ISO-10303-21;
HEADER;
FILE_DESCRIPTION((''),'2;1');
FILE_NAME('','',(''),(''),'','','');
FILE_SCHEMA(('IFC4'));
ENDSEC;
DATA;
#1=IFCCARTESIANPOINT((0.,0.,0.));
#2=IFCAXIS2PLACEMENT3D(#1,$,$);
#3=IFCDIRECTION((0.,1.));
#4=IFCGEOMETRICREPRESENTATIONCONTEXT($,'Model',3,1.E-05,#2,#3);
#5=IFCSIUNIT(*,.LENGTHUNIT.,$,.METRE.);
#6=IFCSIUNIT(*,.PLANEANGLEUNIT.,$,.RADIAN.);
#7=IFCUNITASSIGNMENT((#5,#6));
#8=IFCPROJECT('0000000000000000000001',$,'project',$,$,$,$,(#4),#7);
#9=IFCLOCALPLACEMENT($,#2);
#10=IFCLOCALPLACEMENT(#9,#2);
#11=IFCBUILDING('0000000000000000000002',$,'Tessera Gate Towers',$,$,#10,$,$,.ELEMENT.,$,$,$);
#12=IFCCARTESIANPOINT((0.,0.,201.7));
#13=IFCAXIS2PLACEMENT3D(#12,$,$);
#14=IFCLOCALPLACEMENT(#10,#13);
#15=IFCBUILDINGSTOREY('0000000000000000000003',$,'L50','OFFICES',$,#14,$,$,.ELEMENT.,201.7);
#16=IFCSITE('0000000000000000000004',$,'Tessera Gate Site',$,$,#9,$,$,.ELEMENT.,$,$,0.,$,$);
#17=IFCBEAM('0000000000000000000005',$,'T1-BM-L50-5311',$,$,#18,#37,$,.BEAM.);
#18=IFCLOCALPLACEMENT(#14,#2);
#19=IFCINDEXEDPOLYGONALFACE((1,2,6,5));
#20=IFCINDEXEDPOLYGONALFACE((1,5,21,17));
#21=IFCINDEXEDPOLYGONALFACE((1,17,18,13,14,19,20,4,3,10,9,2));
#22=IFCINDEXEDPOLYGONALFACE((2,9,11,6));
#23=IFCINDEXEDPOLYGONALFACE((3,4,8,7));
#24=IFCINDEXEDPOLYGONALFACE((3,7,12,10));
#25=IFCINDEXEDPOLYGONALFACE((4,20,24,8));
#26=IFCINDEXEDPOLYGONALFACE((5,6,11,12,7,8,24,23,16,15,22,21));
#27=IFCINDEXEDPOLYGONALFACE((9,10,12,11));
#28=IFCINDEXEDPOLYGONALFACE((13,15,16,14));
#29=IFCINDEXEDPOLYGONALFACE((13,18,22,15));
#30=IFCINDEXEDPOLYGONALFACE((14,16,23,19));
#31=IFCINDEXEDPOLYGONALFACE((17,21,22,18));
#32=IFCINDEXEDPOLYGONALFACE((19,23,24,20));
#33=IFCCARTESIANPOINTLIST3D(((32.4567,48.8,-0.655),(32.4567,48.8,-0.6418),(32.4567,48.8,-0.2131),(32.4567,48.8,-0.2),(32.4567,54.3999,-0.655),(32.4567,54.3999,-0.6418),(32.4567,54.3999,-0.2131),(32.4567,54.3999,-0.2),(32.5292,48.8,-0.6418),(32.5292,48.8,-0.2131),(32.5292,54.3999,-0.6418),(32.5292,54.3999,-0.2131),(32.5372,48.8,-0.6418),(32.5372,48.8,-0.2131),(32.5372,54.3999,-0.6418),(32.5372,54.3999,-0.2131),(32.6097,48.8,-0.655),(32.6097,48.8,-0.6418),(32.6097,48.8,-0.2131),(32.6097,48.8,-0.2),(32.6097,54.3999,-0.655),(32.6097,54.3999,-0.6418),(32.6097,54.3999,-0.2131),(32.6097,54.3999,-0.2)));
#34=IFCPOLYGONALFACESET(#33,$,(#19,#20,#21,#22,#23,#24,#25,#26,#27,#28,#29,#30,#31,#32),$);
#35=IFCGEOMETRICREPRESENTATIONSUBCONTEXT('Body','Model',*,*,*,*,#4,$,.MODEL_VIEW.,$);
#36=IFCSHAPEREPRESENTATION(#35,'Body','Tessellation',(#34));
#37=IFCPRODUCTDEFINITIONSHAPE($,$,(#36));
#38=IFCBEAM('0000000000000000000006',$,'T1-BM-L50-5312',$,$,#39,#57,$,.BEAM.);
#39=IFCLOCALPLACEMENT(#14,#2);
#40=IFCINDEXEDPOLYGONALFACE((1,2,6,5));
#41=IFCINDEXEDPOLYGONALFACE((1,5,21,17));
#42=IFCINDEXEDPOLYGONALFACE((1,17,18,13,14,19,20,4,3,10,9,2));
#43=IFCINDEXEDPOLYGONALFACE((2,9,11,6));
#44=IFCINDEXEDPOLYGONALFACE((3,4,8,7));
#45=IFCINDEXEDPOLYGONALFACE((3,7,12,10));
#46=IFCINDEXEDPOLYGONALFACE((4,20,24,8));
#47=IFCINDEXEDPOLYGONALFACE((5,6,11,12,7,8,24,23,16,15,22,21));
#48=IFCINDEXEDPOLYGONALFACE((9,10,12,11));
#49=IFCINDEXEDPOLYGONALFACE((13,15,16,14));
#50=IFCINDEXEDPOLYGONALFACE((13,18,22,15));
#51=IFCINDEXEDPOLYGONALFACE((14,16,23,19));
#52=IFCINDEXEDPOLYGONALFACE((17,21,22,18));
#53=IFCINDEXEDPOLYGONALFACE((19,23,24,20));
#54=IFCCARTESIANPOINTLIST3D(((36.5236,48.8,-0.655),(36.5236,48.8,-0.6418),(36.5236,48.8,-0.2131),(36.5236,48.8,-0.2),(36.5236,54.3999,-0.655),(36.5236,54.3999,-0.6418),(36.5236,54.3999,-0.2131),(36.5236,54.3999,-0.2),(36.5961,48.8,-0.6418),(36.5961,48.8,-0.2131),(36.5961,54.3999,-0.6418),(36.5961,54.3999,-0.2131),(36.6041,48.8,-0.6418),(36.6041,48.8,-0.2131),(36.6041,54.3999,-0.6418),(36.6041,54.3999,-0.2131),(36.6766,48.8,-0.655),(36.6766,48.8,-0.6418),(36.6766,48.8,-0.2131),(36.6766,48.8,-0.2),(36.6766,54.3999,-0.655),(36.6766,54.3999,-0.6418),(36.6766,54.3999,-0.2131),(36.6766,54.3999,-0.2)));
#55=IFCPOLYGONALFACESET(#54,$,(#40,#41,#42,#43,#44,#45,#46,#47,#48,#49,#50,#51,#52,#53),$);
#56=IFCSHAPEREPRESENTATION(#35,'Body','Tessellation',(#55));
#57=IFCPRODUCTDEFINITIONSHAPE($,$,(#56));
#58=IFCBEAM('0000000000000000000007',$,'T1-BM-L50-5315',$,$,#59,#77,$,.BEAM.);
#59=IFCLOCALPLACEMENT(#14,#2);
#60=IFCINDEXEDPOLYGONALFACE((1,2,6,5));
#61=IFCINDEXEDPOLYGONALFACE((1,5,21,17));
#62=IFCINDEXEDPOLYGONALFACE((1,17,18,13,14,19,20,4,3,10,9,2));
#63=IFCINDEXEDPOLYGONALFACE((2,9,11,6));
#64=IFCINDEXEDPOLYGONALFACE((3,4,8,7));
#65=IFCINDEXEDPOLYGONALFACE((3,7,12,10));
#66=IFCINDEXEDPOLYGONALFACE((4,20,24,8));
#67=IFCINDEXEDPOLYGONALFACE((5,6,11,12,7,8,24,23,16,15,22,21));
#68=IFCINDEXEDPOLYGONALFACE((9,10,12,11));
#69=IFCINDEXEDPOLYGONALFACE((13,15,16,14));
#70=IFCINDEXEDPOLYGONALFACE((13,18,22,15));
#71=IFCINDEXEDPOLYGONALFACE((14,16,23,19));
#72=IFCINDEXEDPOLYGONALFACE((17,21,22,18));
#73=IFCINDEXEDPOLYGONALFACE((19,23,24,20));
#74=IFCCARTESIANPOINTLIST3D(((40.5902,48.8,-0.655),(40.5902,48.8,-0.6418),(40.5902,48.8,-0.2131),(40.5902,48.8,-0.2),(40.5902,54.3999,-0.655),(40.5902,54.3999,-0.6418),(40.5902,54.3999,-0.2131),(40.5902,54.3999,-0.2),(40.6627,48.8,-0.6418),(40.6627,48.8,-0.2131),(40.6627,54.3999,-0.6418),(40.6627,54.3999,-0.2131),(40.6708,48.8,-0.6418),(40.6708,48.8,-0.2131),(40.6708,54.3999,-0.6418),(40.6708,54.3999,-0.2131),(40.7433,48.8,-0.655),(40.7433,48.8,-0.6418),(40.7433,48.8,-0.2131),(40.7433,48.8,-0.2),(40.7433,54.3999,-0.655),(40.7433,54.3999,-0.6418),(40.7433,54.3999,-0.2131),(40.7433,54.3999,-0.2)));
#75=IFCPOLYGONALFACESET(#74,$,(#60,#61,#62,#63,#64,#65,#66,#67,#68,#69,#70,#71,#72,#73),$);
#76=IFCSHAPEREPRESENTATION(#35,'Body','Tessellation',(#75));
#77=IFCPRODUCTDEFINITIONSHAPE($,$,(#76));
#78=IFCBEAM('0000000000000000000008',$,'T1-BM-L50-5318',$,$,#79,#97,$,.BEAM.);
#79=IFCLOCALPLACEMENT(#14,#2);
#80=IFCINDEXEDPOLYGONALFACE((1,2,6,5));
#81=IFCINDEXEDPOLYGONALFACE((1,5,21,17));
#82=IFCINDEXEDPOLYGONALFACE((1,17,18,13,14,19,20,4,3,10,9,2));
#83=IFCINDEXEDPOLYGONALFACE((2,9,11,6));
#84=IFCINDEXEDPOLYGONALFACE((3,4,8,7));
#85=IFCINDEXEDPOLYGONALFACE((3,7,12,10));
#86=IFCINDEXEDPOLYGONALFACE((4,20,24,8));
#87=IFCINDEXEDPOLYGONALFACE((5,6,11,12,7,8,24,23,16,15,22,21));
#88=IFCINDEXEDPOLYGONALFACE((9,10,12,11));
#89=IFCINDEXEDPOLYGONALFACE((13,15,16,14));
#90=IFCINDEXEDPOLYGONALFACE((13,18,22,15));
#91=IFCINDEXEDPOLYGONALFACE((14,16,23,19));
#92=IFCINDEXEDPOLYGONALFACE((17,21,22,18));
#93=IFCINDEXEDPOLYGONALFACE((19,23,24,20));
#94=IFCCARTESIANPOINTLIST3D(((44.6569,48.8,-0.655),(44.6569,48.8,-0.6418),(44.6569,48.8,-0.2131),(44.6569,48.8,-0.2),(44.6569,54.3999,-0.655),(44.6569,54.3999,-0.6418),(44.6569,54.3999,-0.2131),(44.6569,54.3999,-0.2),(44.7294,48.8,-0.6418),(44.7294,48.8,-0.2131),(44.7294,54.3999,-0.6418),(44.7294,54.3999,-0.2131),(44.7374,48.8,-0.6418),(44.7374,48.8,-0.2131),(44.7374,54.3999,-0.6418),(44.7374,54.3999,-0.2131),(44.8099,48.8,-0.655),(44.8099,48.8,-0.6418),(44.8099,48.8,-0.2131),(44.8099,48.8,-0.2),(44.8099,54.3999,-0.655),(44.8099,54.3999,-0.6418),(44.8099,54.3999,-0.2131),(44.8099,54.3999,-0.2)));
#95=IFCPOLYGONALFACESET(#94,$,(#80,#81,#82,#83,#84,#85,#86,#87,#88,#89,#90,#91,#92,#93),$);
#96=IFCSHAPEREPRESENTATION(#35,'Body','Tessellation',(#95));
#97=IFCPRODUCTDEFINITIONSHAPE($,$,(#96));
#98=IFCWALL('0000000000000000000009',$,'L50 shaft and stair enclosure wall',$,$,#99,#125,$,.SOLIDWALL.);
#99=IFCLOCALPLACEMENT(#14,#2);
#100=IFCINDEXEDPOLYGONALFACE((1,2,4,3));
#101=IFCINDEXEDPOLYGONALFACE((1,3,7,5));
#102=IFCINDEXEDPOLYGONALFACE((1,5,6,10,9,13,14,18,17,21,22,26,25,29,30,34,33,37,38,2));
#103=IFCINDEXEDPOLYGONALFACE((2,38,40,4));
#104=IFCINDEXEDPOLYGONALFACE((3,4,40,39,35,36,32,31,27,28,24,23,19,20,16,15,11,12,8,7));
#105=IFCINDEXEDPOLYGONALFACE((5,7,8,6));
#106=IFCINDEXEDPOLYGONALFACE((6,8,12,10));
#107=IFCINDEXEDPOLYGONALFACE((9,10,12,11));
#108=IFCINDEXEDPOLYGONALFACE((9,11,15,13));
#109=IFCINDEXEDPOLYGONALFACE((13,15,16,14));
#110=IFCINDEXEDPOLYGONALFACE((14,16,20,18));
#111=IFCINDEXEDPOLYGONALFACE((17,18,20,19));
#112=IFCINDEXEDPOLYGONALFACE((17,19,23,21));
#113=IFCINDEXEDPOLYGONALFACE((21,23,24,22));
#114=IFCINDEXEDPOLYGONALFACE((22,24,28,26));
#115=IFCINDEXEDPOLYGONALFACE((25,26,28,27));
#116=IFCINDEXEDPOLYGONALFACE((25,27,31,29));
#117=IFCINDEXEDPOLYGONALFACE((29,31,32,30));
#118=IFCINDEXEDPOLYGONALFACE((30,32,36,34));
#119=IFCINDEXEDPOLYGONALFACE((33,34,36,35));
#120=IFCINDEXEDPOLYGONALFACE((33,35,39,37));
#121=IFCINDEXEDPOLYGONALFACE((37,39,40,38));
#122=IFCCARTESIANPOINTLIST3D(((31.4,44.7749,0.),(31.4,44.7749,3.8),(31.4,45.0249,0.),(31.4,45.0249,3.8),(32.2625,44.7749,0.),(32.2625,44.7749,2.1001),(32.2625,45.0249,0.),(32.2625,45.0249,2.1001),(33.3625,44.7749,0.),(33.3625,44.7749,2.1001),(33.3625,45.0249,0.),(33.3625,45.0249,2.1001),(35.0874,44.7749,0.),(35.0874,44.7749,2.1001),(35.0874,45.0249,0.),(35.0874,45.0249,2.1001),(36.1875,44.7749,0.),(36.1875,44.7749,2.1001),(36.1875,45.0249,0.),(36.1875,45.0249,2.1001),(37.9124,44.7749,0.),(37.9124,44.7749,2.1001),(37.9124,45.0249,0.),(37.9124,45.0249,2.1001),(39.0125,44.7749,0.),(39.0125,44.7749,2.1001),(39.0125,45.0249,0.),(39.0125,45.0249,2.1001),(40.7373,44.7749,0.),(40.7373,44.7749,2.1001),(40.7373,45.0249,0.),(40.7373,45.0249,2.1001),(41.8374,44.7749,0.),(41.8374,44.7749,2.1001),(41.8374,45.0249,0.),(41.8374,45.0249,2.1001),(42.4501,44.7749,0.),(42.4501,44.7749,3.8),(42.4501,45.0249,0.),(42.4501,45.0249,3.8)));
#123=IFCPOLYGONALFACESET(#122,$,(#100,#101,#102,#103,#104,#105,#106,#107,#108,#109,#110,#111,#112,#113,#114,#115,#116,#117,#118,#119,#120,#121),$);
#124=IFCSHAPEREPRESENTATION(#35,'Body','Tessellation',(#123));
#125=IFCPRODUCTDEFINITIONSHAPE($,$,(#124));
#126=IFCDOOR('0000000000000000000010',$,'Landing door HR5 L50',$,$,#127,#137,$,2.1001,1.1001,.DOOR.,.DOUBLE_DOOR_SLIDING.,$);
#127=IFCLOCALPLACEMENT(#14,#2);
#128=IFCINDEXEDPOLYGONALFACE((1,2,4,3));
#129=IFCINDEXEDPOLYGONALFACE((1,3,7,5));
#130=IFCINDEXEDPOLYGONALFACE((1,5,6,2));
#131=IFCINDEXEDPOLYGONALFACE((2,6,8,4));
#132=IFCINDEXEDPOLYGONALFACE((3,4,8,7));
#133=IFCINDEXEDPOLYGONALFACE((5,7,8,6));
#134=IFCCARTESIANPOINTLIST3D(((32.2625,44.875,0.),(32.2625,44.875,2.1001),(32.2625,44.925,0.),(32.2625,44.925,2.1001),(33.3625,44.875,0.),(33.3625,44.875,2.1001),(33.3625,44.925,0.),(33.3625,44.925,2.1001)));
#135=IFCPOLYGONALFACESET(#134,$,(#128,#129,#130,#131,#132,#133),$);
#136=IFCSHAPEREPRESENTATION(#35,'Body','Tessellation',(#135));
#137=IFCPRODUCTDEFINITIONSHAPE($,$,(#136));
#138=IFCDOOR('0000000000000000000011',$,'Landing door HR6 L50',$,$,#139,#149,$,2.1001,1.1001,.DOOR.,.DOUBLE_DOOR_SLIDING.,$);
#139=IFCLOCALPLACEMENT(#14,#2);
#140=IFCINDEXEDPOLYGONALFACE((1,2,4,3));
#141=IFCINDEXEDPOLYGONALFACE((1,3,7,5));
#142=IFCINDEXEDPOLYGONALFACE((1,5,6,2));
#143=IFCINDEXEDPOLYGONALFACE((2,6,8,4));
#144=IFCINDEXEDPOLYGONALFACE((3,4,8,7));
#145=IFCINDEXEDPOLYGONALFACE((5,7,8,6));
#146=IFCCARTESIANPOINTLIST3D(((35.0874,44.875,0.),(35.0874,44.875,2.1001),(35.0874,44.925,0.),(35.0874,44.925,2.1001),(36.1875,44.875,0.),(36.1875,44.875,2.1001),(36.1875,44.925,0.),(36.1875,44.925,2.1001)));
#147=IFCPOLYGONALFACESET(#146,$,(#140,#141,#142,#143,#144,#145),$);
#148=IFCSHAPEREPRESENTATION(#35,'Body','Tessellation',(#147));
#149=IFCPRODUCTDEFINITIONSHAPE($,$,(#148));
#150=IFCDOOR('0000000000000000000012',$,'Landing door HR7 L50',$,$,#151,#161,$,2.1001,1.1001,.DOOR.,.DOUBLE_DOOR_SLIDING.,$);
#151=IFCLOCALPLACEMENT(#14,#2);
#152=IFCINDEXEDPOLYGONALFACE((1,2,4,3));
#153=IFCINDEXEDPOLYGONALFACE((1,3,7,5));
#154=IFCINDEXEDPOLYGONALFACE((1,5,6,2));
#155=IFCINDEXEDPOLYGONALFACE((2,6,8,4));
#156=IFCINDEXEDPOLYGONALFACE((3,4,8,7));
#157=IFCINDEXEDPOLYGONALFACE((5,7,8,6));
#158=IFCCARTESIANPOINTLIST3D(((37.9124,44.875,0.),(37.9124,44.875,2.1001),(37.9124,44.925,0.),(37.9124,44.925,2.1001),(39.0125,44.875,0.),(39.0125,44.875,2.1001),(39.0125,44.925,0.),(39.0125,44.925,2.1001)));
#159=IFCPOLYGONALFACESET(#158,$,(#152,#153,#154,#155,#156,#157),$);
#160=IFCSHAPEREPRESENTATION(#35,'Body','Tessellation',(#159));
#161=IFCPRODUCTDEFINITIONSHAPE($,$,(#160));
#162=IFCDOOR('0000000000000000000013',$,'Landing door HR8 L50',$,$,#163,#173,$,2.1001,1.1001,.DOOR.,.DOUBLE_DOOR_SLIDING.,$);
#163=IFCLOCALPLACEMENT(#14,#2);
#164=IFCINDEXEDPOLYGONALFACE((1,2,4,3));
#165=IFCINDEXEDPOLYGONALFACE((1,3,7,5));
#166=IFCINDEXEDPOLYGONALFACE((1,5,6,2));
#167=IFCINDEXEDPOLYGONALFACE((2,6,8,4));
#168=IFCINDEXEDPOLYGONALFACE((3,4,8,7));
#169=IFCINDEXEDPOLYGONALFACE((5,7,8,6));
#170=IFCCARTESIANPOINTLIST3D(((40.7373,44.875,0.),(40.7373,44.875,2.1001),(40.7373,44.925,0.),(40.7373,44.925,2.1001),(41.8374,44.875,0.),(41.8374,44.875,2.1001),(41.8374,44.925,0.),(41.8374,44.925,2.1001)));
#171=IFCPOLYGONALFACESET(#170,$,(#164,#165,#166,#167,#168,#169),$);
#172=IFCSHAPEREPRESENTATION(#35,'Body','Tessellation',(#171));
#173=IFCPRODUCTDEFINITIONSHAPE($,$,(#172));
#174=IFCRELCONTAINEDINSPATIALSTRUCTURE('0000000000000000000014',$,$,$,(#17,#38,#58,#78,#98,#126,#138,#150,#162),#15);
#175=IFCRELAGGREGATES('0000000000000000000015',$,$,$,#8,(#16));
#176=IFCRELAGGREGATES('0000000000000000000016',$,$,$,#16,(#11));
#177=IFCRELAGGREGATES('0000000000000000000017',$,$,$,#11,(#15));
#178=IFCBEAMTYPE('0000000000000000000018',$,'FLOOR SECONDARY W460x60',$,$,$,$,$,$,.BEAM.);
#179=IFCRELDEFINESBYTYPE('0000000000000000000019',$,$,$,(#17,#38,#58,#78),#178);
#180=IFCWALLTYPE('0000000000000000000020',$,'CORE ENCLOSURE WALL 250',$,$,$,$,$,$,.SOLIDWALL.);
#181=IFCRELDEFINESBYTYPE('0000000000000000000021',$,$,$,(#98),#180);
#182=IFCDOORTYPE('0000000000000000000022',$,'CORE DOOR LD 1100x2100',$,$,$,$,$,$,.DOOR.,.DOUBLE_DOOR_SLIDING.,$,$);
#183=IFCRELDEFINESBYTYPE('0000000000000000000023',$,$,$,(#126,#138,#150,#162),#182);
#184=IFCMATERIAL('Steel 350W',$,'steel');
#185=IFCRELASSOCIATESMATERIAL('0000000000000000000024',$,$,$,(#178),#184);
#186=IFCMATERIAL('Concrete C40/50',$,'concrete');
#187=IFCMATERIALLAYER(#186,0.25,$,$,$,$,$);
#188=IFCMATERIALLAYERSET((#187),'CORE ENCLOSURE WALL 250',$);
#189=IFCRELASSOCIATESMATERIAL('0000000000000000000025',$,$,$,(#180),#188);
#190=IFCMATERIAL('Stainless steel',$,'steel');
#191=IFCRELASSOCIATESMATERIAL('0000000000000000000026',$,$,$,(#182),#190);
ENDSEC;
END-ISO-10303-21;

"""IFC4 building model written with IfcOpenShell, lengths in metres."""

from ifc_helpers import new_model, si_unit, direction, frame, frame_2d, origin, origin_2d, place, context, subcontext, project, spatial, rectangle, i_section, extrude, source, transform, mapped, material, layer, layer_set, material_profile, profile_set, type_object, element, fill, save


model = new_model("IFC4")

# Units and contexts
model_context = context("Model", 3, precision=1e-05, world=origin(), true_north=direction((0.0, 1.0)))
body_context = subcontext(model_context, "Body", "Model", "MODEL_VIEW")
ifc_project = project(units=[si_unit("LENGTHUNIT", "METRE"), si_unit("PLANEANGLEUNIT", "RADIAN")], contexts=[model_context])

# Site, building, storey
site_placement = place(None, origin())
site = spatial("IfcSite", under=ifc_project, at=site_placement, Name="Tessera Gate Site", CompositionType="ELEMENT", RefElevation=0.0)
building_placement = place(site_placement, origin())
building = spatial("IfcBuilding", under=site, at=building_placement, Name="Tessera Gate Towers", CompositionType="ELEMENT")
storey_placement = place(building_placement, frame((0.0, 0.0, 201.7)))
storey = spatial("IfcBuildingStorey", under=building, at=storey_placement, Name="L50", Description="OFFICES", CompositionType="ELEMENT", Elevation=201.7)

# Beams
ifc_material_1 = material(Name="Steel 350W", Category="steel")
ifc_material_profile = material_profile(ifc_material_1, i_section(OverallWidth=0.1531, OverallDepth=0.4551, WebThickness=0.0081, FlangeThickness=0.0132, at=origin_2d()), Name="W460x60")
ifc_profile_set = profile_set([ifc_material_profile], Name="Steel 350W")
beam_type = type_object("IfcBeamType", Name="FLOOR SECONDARY W460x60", PredefinedType="BEAM", material=ifc_profile_set)
for number, where, z_axis, x_axis, name in (
    (1, (32.5332, 48.8, -0.4275), (0.0, 1.0, 0.0), (-1.0, 0.0, 0.0), "T1-BM-L50-5311"),
    (2, (36.6001, 48.8, -0.4275), (0.0, 1.0, 0.0), (-1.0, 0.0, 0.0), "T1-BM-L50-5312"),
    (3, (40.6667, 48.8, -0.4275), (0.0, 1.0, 0.0), (-1.0, 0.0, 0.0), "T1-BM-L50-5315"),
    (4, (44.7334, 48.8, -0.4275), (0.0, 1.0, 0.0), (-1.0, 0.0, 0.0), "T1-BM-L50-5318"),
):
    element("IfcBeam", number, at=place(storey_placement, frame(where, z_axis=z_axis, x_axis=x_axis)), inside=storey, type_object=beam_type, Name=name, PredefinedType="BEAM", context=body_context, shape_type="SweptSolid", body=[
        extrude(i_section(OverallWidth=0.1531, OverallDepth=0.4551, WebThickness=0.0081, FlangeThickness=0.0132, at=origin_2d()), origin(), (0.0, 0.0, 1.0), 5.5999),
    ])

# Wall, openings, doors
ifc_material_2 = material(Name="Concrete C40/50", Category="concrete")
ifc_layer_1 = layer(ifc_material_2, 0.25)
ifc_layer_set_1 = layer_set([ifc_layer_1], Name="CORE ENCLOSURE WALL 250")
wall_type_1 = type_object("IfcWallType", Name="CORE ENCLOSURE WALL 250", PredefinedType="SOLIDWALL", material=ifc_layer_set_1)
wall_1_placement = place(storey_placement, frame((42.45, 44.8999, 0.0), z_axis=(0.0, 0.0, 1.0), x_axis=(-1.0, 0.0, 0.0)))
wall_1 = element("IfcWall", 5, at=wall_1_placement, inside=storey, type_object=wall_type_1, Name="L50 shaft and stair enclosure wall", PredefinedType="SOLIDWALL", context=body_context, shape_type="SweptSolid", body=[
    extrude(rectangle(XDim=11.05, YDim=0.25, at=frame_2d((5.5249, 0.0))), origin(), (0.0, 0.0, 1.0), 3.8),
])
shared_shape_1 = source(origin(), body_context, "Body", "SweptSolid", [
    extrude(rectangle(XDim=1.1001, YDim=2.1001, at=frame_2d((0.55, 1.05))), frame((0.0, 0.135, 0.0), z_axis=(0.0, -1.0, 0.0), x_axis=(1.0, 0.0, 0.0)), (0.0, 0.0, 1.0), 0.27),
])
opening_1_placement = place(wall_1_placement, frame((9.0874, 0.0, 0.0)))
opening_1 = element("IfcOpeningElement", 6, at=opening_1_placement, cuts=wall_1, PredefinedType="OPENING", context=body_context, shape_type="MappedRepresentation", body=[
    mapped(shared_shape_1, transform((0.0, 0.0, 0.0), scale=1.0)),
])
opening_2_placement = place(wall_1_placement, frame((6.2625, 0.0, 0.0)))
opening_2 = element("IfcOpeningElement", 7, at=opening_2_placement, cuts=wall_1, PredefinedType="OPENING", context=body_context, shape_type="MappedRepresentation", body=[
    mapped(shared_shape_1, transform((0.0, 0.0, 0.0), scale=1.0)),
])
opening_3_placement = place(wall_1_placement, frame((3.4375, 0.0, 0.0)))
opening_3 = element("IfcOpeningElement", 8, at=opening_3_placement, cuts=wall_1, PredefinedType="OPENING", context=body_context, shape_type="MappedRepresentation", body=[
    mapped(shared_shape_1, transform((0.0, 0.0, 0.0), scale=1.0)),
])
opening_4_placement = place(wall_1_placement, frame((0.6125, 0.0, 0.0)))
opening_4 = element("IfcOpeningElement", 9, at=opening_4_placement, cuts=wall_1, PredefinedType="OPENING", context=body_context, shape_type="MappedRepresentation", body=[
    mapped(shared_shape_1, transform((0.0, 0.0, 0.0), scale=1.0)),
])
ifc_material_3 = material(Name="Stainless steel", Category="steel")
door_type_1 = type_object("IfcDoorType", Name="CORE DOOR LD 1100x2100", OperationType="DOUBLE_DOOR_SLIDING", PredefinedType="DOOR", material=ifc_material_3)
shared_shape_2 = source(origin(), body_context, "Body", "SweptSolid", [
    extrude(rectangle(XDim=1.1001, YDim=2.1001, at=frame_2d((0.55, 1.05))), frame((0.0, 0.0249, 0.0), z_axis=(0.0, -1.0, 0.0), x_axis=(1.0, 0.0, 0.0)), (0.0, 0.0, 1.0), 0.05),
])
door_1_placement = place(opening_1_placement, origin())
door_1 = element("IfcDoor", 10, at=door_1_placement, inside=storey, type_object=door_type_1, Name="Landing door HR5 L50", OperationType="DOUBLE_DOOR_SLIDING", OverallHeight=2.1001, OverallWidth=1.1001, PredefinedType="DOOR", context=body_context, shape_type="MappedRepresentation", body=[
    mapped(shared_shape_2, transform((0.0, 0.0, 0.0), scale=1.0)),
])
fill(opening_1, door_1)
door_2_placement = place(opening_2_placement, origin())
door_2 = element("IfcDoor", 11, at=door_2_placement, inside=storey, type_object=door_type_1, Name="Landing door HR6 L50", OperationType="DOUBLE_DOOR_SLIDING", OverallHeight=2.1001, OverallWidth=1.1001, PredefinedType="DOOR", context=body_context, shape_type="MappedRepresentation", body=[
    mapped(shared_shape_2, transform((0.0, 0.0, 0.0), scale=1.0)),
])
fill(opening_2, door_2)
door_3_placement = place(opening_3_placement, origin())
door_3 = element("IfcDoor", 12, at=door_3_placement, inside=storey, type_object=door_type_1, Name="Landing door HR7 L50", OperationType="DOUBLE_DOOR_SLIDING", OverallHeight=2.1001, OverallWidth=1.1001, PredefinedType="DOOR", context=body_context, shape_type="MappedRepresentation", body=[
    mapped(shared_shape_2, transform((0.0, 0.0, 0.0), scale=1.0)),
])
fill(opening_3, door_3)
door_4_placement = place(opening_4_placement, origin())
door_4 = element("IfcDoor", 13, at=door_4_placement, inside=storey, type_object=door_type_1, Name="Landing door HR8 L50", OperationType="DOUBLE_DOOR_SLIDING", OverallHeight=2.1001, OverallWidth=1.1001, PredefinedType="DOOR", context=body_context, shape_type="MappedRepresentation", body=[
    mapped(shared_shape_2, transform((0.0, 0.0, 0.0), scale=1.0)),
])
fill(opening_4, door_4)

save(model, "model.ifc")
